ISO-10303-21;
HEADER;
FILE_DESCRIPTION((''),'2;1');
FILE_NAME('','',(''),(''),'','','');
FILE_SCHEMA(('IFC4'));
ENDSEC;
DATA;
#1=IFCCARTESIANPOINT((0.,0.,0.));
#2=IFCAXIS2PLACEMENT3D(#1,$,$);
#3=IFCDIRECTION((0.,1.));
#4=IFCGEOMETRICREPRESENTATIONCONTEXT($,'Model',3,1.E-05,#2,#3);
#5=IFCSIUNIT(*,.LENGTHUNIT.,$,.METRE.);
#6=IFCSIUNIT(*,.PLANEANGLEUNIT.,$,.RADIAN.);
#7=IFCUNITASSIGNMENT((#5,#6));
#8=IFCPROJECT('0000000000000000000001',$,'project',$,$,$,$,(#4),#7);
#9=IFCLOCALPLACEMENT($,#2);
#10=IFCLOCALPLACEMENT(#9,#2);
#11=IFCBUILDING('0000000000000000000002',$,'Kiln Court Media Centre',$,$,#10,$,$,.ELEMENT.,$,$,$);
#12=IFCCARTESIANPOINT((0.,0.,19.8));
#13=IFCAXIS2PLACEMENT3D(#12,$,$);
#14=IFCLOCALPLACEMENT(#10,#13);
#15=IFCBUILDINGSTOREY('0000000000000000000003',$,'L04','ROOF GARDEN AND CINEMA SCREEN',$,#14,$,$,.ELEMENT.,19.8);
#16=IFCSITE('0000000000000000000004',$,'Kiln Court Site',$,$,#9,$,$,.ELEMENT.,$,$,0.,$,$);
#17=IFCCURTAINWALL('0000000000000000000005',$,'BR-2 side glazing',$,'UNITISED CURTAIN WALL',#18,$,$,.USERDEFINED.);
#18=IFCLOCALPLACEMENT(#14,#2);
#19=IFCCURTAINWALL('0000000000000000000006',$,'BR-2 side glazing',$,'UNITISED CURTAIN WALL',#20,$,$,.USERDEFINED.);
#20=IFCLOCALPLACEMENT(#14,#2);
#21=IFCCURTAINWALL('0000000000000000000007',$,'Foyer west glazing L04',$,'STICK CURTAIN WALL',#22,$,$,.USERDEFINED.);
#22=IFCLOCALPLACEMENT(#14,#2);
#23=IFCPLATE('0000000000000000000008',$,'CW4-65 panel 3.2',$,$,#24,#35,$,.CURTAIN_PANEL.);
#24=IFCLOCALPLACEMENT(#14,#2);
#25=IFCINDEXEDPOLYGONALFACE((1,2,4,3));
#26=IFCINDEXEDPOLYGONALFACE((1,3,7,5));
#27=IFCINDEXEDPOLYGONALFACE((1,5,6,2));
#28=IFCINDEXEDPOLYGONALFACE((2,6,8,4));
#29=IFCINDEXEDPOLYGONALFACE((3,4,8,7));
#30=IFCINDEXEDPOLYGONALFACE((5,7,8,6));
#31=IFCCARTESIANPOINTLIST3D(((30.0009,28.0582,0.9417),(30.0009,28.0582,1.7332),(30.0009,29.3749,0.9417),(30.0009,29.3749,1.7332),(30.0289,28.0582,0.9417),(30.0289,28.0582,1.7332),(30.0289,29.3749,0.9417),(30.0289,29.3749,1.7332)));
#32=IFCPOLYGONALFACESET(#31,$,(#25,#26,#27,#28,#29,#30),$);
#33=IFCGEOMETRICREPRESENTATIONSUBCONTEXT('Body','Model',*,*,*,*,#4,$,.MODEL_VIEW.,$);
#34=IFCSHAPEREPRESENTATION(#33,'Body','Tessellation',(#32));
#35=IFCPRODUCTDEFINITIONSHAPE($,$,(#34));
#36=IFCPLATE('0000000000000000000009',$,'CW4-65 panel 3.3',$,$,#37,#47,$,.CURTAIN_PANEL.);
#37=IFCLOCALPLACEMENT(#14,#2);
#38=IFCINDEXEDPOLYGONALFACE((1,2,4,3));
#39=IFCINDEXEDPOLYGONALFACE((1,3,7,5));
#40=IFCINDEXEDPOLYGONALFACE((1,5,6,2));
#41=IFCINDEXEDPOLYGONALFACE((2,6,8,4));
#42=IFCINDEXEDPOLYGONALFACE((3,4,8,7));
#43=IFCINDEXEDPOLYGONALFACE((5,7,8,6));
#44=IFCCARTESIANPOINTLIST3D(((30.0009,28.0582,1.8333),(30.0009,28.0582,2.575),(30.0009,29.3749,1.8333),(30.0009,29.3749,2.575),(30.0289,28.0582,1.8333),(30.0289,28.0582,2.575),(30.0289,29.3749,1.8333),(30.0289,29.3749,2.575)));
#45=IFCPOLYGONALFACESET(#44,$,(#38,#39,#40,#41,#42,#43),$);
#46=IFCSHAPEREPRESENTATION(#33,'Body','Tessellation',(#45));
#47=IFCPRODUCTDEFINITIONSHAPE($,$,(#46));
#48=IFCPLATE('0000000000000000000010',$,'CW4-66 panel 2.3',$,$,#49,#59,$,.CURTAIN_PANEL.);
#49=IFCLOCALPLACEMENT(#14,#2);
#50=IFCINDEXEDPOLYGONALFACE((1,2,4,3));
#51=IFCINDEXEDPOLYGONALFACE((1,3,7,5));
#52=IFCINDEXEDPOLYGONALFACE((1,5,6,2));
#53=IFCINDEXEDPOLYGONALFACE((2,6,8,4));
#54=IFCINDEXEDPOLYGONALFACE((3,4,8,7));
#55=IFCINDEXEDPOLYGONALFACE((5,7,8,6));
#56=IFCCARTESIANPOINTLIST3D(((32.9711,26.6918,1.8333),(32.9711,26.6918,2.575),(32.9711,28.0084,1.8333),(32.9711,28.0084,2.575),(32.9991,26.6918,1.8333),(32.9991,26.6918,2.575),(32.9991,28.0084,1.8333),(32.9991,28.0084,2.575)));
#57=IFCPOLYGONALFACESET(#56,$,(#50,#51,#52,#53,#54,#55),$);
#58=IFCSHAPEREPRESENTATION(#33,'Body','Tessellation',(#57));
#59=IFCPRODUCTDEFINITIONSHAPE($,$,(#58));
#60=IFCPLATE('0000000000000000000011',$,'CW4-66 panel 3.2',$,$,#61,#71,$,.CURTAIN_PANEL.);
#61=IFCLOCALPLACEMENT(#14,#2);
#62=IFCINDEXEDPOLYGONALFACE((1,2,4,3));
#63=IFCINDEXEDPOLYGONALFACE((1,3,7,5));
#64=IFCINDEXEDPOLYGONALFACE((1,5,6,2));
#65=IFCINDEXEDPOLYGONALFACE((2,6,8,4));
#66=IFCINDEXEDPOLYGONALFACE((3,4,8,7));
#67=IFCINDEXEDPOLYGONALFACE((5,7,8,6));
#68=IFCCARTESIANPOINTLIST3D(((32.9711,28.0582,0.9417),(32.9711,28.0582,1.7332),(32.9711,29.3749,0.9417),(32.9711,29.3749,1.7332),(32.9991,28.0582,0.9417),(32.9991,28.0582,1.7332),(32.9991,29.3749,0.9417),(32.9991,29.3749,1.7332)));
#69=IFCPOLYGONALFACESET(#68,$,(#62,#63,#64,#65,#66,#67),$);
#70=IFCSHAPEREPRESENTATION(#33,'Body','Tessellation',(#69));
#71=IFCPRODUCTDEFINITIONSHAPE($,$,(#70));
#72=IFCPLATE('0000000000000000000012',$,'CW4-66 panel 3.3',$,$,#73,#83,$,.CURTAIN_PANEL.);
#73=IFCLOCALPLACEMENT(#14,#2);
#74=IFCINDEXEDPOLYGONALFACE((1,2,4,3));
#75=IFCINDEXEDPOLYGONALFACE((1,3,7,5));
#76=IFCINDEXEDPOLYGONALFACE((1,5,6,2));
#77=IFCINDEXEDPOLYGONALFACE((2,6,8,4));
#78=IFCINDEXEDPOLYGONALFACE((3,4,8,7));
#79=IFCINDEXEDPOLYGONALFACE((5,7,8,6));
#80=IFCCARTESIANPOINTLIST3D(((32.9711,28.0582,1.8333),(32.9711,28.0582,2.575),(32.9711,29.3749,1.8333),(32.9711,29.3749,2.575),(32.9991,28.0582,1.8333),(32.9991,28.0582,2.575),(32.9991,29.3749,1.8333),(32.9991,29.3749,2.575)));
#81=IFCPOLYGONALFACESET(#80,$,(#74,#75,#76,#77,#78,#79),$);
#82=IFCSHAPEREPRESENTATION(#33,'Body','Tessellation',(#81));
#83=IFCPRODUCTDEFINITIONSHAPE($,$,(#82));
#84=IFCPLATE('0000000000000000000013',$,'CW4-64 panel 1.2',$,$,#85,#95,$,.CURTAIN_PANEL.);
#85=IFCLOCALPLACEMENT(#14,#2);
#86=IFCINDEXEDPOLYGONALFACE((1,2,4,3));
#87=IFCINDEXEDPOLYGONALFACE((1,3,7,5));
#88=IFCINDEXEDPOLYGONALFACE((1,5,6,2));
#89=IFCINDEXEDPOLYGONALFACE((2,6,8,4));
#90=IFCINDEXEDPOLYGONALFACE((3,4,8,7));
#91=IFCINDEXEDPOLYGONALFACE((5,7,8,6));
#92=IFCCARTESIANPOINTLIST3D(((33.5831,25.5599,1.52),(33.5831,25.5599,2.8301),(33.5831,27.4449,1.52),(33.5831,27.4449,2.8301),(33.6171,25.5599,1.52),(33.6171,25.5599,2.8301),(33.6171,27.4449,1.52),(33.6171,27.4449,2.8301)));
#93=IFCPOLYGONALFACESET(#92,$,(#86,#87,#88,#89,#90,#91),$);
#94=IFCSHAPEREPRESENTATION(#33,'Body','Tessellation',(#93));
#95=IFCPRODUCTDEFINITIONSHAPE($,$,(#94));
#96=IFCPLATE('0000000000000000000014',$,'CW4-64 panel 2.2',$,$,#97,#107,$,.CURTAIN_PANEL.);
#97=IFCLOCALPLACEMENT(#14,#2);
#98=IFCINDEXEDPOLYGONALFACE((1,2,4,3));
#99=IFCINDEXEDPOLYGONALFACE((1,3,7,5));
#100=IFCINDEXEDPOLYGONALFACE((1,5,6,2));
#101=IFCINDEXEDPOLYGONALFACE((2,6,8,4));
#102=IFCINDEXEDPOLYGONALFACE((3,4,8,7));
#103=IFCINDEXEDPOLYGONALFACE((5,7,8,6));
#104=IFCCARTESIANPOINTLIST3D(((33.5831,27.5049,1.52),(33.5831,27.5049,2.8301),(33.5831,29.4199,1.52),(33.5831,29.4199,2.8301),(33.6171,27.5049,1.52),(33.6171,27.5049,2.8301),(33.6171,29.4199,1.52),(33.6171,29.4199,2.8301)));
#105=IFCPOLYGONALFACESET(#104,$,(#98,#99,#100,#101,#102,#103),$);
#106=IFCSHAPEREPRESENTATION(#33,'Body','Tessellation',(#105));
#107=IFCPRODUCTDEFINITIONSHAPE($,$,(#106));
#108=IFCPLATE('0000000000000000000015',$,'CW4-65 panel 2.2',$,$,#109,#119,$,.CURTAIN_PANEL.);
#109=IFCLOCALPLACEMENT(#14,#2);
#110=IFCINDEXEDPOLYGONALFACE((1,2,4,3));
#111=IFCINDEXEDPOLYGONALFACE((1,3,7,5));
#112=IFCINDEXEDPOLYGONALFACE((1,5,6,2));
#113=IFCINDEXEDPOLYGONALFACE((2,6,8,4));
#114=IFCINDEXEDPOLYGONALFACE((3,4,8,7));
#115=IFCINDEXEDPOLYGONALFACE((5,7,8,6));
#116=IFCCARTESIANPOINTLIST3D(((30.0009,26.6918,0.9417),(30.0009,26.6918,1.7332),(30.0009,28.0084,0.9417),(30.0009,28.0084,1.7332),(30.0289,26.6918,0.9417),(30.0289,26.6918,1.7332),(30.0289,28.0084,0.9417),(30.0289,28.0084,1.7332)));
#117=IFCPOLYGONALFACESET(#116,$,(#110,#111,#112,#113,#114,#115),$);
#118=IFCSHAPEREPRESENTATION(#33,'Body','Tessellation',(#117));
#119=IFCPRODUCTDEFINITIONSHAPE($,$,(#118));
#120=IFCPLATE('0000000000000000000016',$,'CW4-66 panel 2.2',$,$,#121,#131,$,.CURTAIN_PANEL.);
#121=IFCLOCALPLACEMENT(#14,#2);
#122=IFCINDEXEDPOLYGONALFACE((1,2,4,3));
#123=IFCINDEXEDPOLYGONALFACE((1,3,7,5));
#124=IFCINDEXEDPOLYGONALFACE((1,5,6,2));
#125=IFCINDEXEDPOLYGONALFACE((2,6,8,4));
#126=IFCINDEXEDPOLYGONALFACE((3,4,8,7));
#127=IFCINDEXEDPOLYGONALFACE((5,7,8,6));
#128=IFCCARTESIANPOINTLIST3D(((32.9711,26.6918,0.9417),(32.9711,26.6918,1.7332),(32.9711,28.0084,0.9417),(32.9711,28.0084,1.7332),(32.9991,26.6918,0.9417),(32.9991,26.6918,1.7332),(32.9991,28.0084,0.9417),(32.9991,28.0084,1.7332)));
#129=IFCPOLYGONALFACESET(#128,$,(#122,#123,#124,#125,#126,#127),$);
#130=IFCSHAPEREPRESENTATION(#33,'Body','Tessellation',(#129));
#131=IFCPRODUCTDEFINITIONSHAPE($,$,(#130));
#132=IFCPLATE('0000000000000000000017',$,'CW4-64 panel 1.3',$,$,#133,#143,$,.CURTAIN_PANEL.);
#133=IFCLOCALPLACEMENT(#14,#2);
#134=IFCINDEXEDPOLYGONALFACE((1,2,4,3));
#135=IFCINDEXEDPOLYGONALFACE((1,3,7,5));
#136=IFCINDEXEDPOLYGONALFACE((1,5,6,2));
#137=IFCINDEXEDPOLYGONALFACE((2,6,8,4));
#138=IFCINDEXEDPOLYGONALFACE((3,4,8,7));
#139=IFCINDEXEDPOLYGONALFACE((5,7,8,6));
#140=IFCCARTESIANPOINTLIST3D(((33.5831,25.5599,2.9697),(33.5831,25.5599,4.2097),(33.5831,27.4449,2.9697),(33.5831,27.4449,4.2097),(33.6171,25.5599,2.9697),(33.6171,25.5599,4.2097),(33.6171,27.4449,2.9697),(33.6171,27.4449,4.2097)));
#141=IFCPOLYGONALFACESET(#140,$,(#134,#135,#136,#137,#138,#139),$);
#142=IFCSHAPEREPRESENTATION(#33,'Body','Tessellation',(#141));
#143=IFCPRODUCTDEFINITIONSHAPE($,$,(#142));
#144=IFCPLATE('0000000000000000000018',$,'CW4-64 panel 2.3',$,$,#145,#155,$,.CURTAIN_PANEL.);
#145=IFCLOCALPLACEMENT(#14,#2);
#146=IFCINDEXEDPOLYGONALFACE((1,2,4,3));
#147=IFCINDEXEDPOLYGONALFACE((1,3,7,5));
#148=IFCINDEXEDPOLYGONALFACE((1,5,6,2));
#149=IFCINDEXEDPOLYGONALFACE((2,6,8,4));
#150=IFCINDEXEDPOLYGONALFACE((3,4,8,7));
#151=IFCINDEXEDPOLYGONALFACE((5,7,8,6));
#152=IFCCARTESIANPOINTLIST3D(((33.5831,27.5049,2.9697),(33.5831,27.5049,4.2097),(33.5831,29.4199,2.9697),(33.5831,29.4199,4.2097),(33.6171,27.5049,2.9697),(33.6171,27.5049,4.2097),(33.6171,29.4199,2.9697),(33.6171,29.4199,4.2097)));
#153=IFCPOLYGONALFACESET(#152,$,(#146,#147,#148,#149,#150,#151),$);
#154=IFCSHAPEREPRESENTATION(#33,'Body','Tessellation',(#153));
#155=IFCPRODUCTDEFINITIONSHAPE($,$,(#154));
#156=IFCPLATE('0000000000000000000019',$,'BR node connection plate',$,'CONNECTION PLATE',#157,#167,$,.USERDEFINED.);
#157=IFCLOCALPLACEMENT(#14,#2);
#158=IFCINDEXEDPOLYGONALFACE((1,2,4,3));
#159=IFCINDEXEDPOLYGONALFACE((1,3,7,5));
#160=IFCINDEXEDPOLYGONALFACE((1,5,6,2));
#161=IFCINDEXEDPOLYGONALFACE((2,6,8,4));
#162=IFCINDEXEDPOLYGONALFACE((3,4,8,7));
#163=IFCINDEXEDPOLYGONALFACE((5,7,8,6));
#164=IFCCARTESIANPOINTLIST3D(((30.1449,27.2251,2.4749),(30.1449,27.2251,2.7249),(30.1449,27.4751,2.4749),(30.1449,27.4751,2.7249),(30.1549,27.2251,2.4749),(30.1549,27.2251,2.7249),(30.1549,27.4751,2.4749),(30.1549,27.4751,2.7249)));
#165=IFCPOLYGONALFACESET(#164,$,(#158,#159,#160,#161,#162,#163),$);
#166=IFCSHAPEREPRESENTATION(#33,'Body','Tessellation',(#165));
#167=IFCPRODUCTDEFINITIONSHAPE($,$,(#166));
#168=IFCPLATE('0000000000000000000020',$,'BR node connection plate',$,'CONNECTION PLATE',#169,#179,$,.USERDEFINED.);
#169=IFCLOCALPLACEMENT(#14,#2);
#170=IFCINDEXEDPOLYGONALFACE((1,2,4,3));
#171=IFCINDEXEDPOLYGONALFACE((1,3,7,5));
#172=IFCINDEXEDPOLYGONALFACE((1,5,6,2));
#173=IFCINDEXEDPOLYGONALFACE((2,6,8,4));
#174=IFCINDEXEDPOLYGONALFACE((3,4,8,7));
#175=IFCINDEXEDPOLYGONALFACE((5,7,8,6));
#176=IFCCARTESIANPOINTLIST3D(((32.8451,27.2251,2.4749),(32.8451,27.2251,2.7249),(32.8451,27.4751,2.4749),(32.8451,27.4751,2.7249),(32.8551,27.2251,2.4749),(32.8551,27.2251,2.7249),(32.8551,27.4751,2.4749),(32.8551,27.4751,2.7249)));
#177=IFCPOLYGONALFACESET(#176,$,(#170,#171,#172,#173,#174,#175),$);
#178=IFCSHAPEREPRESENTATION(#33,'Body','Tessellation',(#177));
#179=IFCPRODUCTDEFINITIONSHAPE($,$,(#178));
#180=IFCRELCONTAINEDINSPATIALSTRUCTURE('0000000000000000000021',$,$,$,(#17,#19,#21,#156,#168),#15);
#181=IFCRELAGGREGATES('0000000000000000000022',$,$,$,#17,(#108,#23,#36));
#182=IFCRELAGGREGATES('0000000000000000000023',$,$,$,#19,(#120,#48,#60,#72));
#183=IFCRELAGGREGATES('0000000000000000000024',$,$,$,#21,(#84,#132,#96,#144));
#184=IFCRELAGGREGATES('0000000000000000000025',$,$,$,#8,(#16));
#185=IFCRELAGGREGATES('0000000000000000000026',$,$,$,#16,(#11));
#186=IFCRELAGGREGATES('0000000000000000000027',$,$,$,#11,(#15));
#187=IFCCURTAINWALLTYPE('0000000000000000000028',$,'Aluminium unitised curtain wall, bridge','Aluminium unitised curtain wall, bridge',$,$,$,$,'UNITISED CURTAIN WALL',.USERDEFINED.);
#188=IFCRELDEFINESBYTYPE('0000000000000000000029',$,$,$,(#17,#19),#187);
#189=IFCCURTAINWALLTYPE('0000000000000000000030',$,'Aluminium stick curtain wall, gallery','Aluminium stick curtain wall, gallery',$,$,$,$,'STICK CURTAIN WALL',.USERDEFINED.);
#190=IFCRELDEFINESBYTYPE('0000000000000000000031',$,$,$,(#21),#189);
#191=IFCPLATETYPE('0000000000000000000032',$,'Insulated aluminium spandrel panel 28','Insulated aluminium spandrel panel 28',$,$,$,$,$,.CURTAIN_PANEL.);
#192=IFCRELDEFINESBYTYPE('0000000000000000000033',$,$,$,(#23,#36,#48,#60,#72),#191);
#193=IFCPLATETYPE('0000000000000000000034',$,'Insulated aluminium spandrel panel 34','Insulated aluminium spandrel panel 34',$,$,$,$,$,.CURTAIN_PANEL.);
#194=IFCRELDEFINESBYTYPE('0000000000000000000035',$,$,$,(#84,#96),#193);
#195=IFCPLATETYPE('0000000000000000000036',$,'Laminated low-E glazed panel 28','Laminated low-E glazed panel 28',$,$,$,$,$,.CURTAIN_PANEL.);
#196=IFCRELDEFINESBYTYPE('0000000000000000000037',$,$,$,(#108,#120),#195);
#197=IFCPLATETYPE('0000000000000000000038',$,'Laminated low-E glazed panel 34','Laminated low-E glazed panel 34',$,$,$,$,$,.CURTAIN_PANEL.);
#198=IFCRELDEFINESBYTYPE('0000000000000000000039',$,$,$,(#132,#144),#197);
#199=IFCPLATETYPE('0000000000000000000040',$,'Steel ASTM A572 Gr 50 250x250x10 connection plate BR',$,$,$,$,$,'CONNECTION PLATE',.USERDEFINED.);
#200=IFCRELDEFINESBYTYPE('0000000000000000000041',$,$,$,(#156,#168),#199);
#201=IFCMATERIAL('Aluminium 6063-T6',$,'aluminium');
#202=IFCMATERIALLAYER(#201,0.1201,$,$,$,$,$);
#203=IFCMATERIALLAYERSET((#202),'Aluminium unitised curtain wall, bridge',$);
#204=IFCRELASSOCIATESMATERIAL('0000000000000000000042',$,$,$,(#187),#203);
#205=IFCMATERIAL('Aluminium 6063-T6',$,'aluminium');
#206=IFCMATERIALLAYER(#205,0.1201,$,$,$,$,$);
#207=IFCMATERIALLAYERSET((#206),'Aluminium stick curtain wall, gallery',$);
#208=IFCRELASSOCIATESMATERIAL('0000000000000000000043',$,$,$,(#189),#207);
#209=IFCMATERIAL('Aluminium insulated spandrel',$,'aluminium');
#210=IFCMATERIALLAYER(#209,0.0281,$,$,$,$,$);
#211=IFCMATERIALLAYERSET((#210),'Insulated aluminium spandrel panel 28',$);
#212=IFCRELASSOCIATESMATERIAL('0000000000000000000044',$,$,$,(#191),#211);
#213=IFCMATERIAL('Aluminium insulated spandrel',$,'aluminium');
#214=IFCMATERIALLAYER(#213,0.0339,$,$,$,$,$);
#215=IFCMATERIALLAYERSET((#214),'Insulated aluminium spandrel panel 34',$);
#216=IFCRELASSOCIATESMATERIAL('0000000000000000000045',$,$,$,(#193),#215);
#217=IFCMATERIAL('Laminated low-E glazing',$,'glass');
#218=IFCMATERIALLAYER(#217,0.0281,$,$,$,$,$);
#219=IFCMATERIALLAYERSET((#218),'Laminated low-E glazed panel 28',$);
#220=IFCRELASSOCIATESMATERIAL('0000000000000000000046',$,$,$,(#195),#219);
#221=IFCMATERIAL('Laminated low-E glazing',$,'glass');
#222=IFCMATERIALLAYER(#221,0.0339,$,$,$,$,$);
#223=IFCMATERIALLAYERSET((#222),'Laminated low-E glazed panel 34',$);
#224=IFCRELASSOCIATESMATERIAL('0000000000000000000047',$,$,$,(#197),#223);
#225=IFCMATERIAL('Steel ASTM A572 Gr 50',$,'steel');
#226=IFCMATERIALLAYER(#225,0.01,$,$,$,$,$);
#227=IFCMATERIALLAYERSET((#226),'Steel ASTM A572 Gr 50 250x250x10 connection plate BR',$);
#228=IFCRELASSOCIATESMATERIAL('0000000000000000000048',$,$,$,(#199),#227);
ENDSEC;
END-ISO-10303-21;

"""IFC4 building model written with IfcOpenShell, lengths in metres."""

from ifc_helpers import new_model, si_unit, direction, frame, origin, origin_2d, place, context, subcontext, project, spatial, rectangle, extrude, material, layer, layer_set, type_object, element, aggregate, save


model = new_model("IFC4")

# Units and contexts
model_context = context("Model", 3, precision=1e-05, world=origin(), true_north=direction((0.0, 1.0)))
body_context = subcontext(model_context, "Body", "Model", "MODEL_VIEW")
ifc_project = project(units=[si_unit("LENGTHUNIT", "METRE"), si_unit("PLANEANGLEUNIT", "RADIAN")], contexts=[model_context])

# Site, building, storey
site_placement = place(None, origin())
site = spatial("IfcSite", under=ifc_project, at=site_placement, Name="Kiln Court Site", CompositionType="ELEMENT", RefElevation=0.0)
building_placement = place(site_placement, origin())
building = spatial("IfcBuilding", under=site, at=building_placement, Name="Kiln Court Media Centre", CompositionType="ELEMENT")
storey_placement = place(building_placement, frame((0.0, 0.0, 19.8)))
storey = spatial("IfcBuildingStorey", under=building, at=storey_placement, Name="L04", Description="ROOF GARDEN AND CINEMA SCREEN", CompositionType="ELEMENT", Elevation=19.8)

# Curtain walls
ifc_material_1 = material(Name="Aluminium 6063-T6", Category="aluminium")
ifc_layer_1 = layer(ifc_material_1, 0.1201)
ifc_layer_set_1 = layer_set([ifc_layer_1], Name="Aluminium unitised curtain wall, bridge")
curtain_wall_type_1 = type_object("IfcCurtainWallType", Name="Aluminium unitised curtain wall, bridge", Description="Aluminium unitised curtain wall, bridge", ElementType="UNITISED CURTAIN WALL", PredefinedType="USERDEFINED", material=ifc_layer_set_1)
curtain_wall_1_placement = place(storey_placement, origin())
curtain_wall_1 = element("IfcCurtainWall", 1, at=curtain_wall_1_placement, inside=storey, type_object=curtain_wall_type_1, Name="BR-2 side glazing", ObjectType="UNITISED CURTAIN WALL", PredefinedType="USERDEFINED")
curtain_wall_2_placement = place(storey_placement, origin())
curtain_wall_2 = element("IfcCurtainWall", 2, at=curtain_wall_2_placement, inside=storey, type_object=curtain_wall_type_1, Name="BR-2 side glazing", ObjectType="UNITISED CURTAIN WALL", PredefinedType="USERDEFINED")
ifc_material_2 = material(Name="Aluminium 6063-T6", Category="aluminium")
ifc_layer_2 = layer(ifc_material_2, 0.1201)
ifc_layer_set_2 = layer_set([ifc_layer_2], Name="Aluminium stick curtain wall, gallery")
curtain_wall_type_2 = type_object("IfcCurtainWallType", Name="Aluminium stick curtain wall, gallery", Description="Aluminium stick curtain wall, gallery", ElementType="STICK CURTAIN WALL", PredefinedType="USERDEFINED", material=ifc_layer_set_2)
curtain_wall_3_placement = place(storey_placement, origin())
curtain_wall_3 = element("IfcCurtainWall", 3, at=curtain_wall_3_placement, inside=storey, type_object=curtain_wall_type_2, Name="Foyer west glazing L04", ObjectType="STICK CURTAIN WALL", PredefinedType="USERDEFINED")

# Plates
ifc_material_3 = material(Name="Aluminium insulated spandrel", Category="aluminium")
ifc_layer_3 = layer(ifc_material_3, 0.0281)
ifc_layer_set_3 = layer_set([ifc_layer_3], Name="Insulated aluminium spandrel panel 28")
plate_type_1 = type_object("IfcPlateType", Name="Insulated aluminium spandrel panel 28", Description="Insulated aluminium spandrel panel 28", PredefinedType="CURTAIN_PANEL", material=ifc_layer_set_3)
plate_1_placement = place(storey_placement, frame((30.0149, 28.7166, 0.9417), z_axis=(0.0, 0.0, 1.0), x_axis=(0.0, 1.0, 0.0)))
plate_1 = element("IfcPlate", 4, at=plate_1_placement, type_object=plate_type_1, Name="CW4-65 panel 3.2", PredefinedType="CURTAIN_PANEL", context=body_context, shape_type="SweptSolid", body=[
    extrude(rectangle(XDim=1.3167, YDim=0.0281, at=origin_2d()), origin(), (0.0, 0.0, 1.0), 0.7915),
])
plate_2_placement = place(storey_placement, frame((30.0149, 28.7166, 1.8333), z_axis=(0.0, 0.0, 1.0), x_axis=(0.0, 1.0, 0.0)))
plate_2 = element("IfcPlate", 5, at=plate_2_placement, type_object=plate_type_1, Name="CW4-65 panel 3.3", PredefinedType="CURTAIN_PANEL", context=body_context, shape_type="SweptSolid", body=[
    extrude(rectangle(XDim=1.3167, YDim=0.0281, at=origin_2d()), origin(), (0.0, 0.0, 1.0), 0.7417),
])
plate_3_placement = place(storey_placement, frame((32.9851, 27.3501, 1.8333), z_axis=(0.0, 0.0, 1.0), x_axis=(0.0, 1.0, 0.0)))
plate_3 = element("IfcPlate", 6, at=plate_3_placement, type_object=plate_type_1, Name="CW4-66 panel 2.3", PredefinedType="CURTAIN_PANEL", context=body_context, shape_type="SweptSolid", body=[
    extrude(rectangle(XDim=1.3167, YDim=0.0281, at=origin_2d()), origin(), (0.0, 0.0, 1.0), 0.7417),
])
plate_4_placement = place(storey_placement, frame((32.9851, 28.7166, 0.9417), z_axis=(0.0, 0.0, 1.0), x_axis=(0.0, 1.0, 0.0)))
plate_4 = element("IfcPlate", 7, at=plate_4_placement, type_object=plate_type_1, Name="CW4-66 panel 3.2", PredefinedType="CURTAIN_PANEL", context=body_context, shape_type="SweptSolid", body=[
    extrude(rectangle(XDim=1.3167, YDim=0.0281, at=origin_2d()), origin(), (0.0, 0.0, 1.0), 0.7915),
])
plate_5_placement = place(storey_placement, frame((32.9851, 28.7166, 1.8333), z_axis=(0.0, 0.0, 1.0), x_axis=(0.0, 1.0, 0.0)))
plate_5 = element("IfcPlate", 8, at=plate_5_placement, type_object=plate_type_1, Name="CW4-66 panel 3.3", PredefinedType="CURTAIN_PANEL", context=body_context, shape_type="SweptSolid", body=[
    extrude(rectangle(XDim=1.3167, YDim=0.0281, at=origin_2d()), origin(), (0.0, 0.0, 1.0), 0.7417),
])
ifc_material_4 = material(Name="Aluminium insulated spandrel", Category="aluminium")
ifc_layer_4 = layer(ifc_material_4, 0.0339)
ifc_layer_set_4 = layer_set([ifc_layer_4], Name="Insulated aluminium spandrel panel 34")
plate_type_2 = type_object("IfcPlateType", Name="Insulated aluminium spandrel panel 34", Description="Insulated aluminium spandrel panel 34", PredefinedType="CURTAIN_PANEL", material=ifc_layer_set_4)
plate_6_placement = place(storey_placement, frame((33.6001, 26.5024, 1.52), z_axis=(0.0, 0.0, 1.0), x_axis=(0.0, 1.0, 0.0)))
plate_6 = element("IfcPlate", 9, at=plate_6_placement, type_object=plate_type_2, Name="CW4-64 panel 1.2", PredefinedType="CURTAIN_PANEL", context=body_context, shape_type="SweptSolid", body=[
    extrude(rectangle(XDim=1.885, YDim=0.0339, at=origin_2d()), origin(), (0.0, 0.0, 1.0), 1.3101),
])
plate_7_placement = place(storey_placement, frame((33.6001, 28.4624, 1.52), z_axis=(0.0, 0.0, 1.0), x_axis=(0.0, 1.0, 0.0)))
plate_7 = element("IfcPlate", 10, at=plate_7_placement, type_object=plate_type_2, Name="CW4-64 panel 2.2", PredefinedType="CURTAIN_PANEL", context=body_context, shape_type="SweptSolid", body=[
    extrude(rectangle(XDim=1.915, YDim=0.0339, at=origin_2d()), origin(), (0.0, 0.0, 1.0), 1.3101),
])
ifc_material_5 = material(Name="Laminated low-E glazing", Category="glass")
ifc_layer_5 = layer(ifc_material_5, 0.0281)
ifc_layer_set_5 = layer_set([ifc_layer_5], Name="Laminated low-E glazed panel 28")
plate_type_3 = type_object("IfcPlateType", Name="Laminated low-E glazed panel 28", Description="Laminated low-E glazed panel 28", PredefinedType="CURTAIN_PANEL", material=ifc_layer_set_5)
plate_8_placement = place(storey_placement, frame((30.0149, 27.3501, 0.9417), z_axis=(0.0, 0.0, 1.0), x_axis=(0.0, 1.0, 0.0)))
plate_8 = element("IfcPlate", 11, at=plate_8_placement, type_object=plate_type_3, Name="CW4-65 panel 2.2", PredefinedType="CURTAIN_PANEL", context=body_context, shape_type="SweptSolid", body=[
    extrude(rectangle(XDim=1.3167, YDim=0.0281, at=origin_2d()), origin(), (0.0, 0.0, 1.0), 0.7915),
])
aggregate(curtain_wall_1, [plate_8, plate_1, plate_2])
plate_9_placement = place(storey_placement, frame((32.9851, 27.3501, 0.9417), z_axis=(0.0, 0.0, 1.0), x_axis=(0.0, 1.0, 0.0)))
plate_9 = element("IfcPlate", 12, at=plate_9_placement, type_object=plate_type_3, Name="CW4-66 panel 2.2", PredefinedType="CURTAIN_PANEL", context=body_context, shape_type="SweptSolid", body=[
    extrude(rectangle(XDim=1.3167, YDim=0.0281, at=origin_2d()), origin(), (0.0, 0.0, 1.0), 0.7915),
])
aggregate(curtain_wall_2, [plate_9, plate_3, plate_4, plate_5])
ifc_material_6 = material(Name="Laminated low-E glazing", Category="glass")
ifc_layer_6 = layer(ifc_material_6, 0.0339)
ifc_layer_set_6 = layer_set([ifc_layer_6], Name="Laminated low-E glazed panel 34")
plate_type_4 = type_object("IfcPlateType", Name="Laminated low-E glazed panel 34", Description="Laminated low-E glazed panel 34", PredefinedType="CURTAIN_PANEL", material=ifc_layer_set_6)
plate_10_placement = place(storey_placement, frame((33.6001, 26.5024, 2.9697), z_axis=(0.0, 0.0, 1.0), x_axis=(0.0, 1.0, 0.0)))
plate_10 = element("IfcPlate", 13, at=plate_10_placement, type_object=plate_type_4, Name="CW4-64 panel 1.3", PredefinedType="CURTAIN_PANEL", context=body_context, shape_type="SweptSolid", body=[
    extrude(rectangle(XDim=1.885, YDim=0.0339, at=origin_2d()), origin(), (0.0, 0.0, 1.0), 1.24),
])
plate_11_placement = place(storey_placement, frame((33.6001, 28.4624, 2.9697), z_axis=(0.0, 0.0, 1.0), x_axis=(0.0, 1.0, 0.0)))
plate_11 = element("IfcPlate", 14, at=plate_11_placement, type_object=plate_type_4, Name="CW4-64 panel 2.3", PredefinedType="CURTAIN_PANEL", context=body_context, shape_type="SweptSolid", body=[
    extrude(rectangle(XDim=1.915, YDim=0.0339, at=origin_2d()), origin(), (0.0, 0.0, 1.0), 1.24),
])
aggregate(curtain_wall_3, [plate_6, plate_10, plate_7, plate_11])

# Plates
ifc_material_7 = material(Name="Steel ASTM A572 Gr 50", Category="steel")
ifc_layer_7 = layer(ifc_material_7, 0.01)
ifc_layer_set_7 = layer_set([ifc_layer_7], Name="Steel ASTM A572 Gr 50 250x250x10 connection plate BR")
plate_type_5 = type_object("IfcPlateType", Name="Steel ASTM A572 Gr 50 250x250x10 connection plate BR", ElementType="CONNECTION PLATE", PredefinedType="USERDEFINED", material=ifc_layer_set_7)
for number, where, z_axis, x_axis, name in (
    (15, (30.1499, 27.3501, 2.4749), (0.0, 0.0, 1.0), (1.0, 0.0, 0.0), "BR node connection plate"),
    (16, (32.8501, 27.3501, 2.4749), (0.0, 0.0, 1.0), (1.0, 0.0, 0.0), "BR node connection plate"),
):
    element("IfcPlate", number, at=place(storey_placement, frame(where, z_axis=z_axis, x_axis=x_axis)), inside=storey, type_object=plate_type_5, Name=name, ObjectType="CONNECTION PLATE", PredefinedType="USERDEFINED", context=body_context, shape_type="SweptSolid", body=[
        extrude(rectangle(XDim=0.01, YDim=0.25, at=origin_2d()), origin(), (0.0, 0.0, 1.0), 0.25),
    ])

save(model, "model.ifc")
